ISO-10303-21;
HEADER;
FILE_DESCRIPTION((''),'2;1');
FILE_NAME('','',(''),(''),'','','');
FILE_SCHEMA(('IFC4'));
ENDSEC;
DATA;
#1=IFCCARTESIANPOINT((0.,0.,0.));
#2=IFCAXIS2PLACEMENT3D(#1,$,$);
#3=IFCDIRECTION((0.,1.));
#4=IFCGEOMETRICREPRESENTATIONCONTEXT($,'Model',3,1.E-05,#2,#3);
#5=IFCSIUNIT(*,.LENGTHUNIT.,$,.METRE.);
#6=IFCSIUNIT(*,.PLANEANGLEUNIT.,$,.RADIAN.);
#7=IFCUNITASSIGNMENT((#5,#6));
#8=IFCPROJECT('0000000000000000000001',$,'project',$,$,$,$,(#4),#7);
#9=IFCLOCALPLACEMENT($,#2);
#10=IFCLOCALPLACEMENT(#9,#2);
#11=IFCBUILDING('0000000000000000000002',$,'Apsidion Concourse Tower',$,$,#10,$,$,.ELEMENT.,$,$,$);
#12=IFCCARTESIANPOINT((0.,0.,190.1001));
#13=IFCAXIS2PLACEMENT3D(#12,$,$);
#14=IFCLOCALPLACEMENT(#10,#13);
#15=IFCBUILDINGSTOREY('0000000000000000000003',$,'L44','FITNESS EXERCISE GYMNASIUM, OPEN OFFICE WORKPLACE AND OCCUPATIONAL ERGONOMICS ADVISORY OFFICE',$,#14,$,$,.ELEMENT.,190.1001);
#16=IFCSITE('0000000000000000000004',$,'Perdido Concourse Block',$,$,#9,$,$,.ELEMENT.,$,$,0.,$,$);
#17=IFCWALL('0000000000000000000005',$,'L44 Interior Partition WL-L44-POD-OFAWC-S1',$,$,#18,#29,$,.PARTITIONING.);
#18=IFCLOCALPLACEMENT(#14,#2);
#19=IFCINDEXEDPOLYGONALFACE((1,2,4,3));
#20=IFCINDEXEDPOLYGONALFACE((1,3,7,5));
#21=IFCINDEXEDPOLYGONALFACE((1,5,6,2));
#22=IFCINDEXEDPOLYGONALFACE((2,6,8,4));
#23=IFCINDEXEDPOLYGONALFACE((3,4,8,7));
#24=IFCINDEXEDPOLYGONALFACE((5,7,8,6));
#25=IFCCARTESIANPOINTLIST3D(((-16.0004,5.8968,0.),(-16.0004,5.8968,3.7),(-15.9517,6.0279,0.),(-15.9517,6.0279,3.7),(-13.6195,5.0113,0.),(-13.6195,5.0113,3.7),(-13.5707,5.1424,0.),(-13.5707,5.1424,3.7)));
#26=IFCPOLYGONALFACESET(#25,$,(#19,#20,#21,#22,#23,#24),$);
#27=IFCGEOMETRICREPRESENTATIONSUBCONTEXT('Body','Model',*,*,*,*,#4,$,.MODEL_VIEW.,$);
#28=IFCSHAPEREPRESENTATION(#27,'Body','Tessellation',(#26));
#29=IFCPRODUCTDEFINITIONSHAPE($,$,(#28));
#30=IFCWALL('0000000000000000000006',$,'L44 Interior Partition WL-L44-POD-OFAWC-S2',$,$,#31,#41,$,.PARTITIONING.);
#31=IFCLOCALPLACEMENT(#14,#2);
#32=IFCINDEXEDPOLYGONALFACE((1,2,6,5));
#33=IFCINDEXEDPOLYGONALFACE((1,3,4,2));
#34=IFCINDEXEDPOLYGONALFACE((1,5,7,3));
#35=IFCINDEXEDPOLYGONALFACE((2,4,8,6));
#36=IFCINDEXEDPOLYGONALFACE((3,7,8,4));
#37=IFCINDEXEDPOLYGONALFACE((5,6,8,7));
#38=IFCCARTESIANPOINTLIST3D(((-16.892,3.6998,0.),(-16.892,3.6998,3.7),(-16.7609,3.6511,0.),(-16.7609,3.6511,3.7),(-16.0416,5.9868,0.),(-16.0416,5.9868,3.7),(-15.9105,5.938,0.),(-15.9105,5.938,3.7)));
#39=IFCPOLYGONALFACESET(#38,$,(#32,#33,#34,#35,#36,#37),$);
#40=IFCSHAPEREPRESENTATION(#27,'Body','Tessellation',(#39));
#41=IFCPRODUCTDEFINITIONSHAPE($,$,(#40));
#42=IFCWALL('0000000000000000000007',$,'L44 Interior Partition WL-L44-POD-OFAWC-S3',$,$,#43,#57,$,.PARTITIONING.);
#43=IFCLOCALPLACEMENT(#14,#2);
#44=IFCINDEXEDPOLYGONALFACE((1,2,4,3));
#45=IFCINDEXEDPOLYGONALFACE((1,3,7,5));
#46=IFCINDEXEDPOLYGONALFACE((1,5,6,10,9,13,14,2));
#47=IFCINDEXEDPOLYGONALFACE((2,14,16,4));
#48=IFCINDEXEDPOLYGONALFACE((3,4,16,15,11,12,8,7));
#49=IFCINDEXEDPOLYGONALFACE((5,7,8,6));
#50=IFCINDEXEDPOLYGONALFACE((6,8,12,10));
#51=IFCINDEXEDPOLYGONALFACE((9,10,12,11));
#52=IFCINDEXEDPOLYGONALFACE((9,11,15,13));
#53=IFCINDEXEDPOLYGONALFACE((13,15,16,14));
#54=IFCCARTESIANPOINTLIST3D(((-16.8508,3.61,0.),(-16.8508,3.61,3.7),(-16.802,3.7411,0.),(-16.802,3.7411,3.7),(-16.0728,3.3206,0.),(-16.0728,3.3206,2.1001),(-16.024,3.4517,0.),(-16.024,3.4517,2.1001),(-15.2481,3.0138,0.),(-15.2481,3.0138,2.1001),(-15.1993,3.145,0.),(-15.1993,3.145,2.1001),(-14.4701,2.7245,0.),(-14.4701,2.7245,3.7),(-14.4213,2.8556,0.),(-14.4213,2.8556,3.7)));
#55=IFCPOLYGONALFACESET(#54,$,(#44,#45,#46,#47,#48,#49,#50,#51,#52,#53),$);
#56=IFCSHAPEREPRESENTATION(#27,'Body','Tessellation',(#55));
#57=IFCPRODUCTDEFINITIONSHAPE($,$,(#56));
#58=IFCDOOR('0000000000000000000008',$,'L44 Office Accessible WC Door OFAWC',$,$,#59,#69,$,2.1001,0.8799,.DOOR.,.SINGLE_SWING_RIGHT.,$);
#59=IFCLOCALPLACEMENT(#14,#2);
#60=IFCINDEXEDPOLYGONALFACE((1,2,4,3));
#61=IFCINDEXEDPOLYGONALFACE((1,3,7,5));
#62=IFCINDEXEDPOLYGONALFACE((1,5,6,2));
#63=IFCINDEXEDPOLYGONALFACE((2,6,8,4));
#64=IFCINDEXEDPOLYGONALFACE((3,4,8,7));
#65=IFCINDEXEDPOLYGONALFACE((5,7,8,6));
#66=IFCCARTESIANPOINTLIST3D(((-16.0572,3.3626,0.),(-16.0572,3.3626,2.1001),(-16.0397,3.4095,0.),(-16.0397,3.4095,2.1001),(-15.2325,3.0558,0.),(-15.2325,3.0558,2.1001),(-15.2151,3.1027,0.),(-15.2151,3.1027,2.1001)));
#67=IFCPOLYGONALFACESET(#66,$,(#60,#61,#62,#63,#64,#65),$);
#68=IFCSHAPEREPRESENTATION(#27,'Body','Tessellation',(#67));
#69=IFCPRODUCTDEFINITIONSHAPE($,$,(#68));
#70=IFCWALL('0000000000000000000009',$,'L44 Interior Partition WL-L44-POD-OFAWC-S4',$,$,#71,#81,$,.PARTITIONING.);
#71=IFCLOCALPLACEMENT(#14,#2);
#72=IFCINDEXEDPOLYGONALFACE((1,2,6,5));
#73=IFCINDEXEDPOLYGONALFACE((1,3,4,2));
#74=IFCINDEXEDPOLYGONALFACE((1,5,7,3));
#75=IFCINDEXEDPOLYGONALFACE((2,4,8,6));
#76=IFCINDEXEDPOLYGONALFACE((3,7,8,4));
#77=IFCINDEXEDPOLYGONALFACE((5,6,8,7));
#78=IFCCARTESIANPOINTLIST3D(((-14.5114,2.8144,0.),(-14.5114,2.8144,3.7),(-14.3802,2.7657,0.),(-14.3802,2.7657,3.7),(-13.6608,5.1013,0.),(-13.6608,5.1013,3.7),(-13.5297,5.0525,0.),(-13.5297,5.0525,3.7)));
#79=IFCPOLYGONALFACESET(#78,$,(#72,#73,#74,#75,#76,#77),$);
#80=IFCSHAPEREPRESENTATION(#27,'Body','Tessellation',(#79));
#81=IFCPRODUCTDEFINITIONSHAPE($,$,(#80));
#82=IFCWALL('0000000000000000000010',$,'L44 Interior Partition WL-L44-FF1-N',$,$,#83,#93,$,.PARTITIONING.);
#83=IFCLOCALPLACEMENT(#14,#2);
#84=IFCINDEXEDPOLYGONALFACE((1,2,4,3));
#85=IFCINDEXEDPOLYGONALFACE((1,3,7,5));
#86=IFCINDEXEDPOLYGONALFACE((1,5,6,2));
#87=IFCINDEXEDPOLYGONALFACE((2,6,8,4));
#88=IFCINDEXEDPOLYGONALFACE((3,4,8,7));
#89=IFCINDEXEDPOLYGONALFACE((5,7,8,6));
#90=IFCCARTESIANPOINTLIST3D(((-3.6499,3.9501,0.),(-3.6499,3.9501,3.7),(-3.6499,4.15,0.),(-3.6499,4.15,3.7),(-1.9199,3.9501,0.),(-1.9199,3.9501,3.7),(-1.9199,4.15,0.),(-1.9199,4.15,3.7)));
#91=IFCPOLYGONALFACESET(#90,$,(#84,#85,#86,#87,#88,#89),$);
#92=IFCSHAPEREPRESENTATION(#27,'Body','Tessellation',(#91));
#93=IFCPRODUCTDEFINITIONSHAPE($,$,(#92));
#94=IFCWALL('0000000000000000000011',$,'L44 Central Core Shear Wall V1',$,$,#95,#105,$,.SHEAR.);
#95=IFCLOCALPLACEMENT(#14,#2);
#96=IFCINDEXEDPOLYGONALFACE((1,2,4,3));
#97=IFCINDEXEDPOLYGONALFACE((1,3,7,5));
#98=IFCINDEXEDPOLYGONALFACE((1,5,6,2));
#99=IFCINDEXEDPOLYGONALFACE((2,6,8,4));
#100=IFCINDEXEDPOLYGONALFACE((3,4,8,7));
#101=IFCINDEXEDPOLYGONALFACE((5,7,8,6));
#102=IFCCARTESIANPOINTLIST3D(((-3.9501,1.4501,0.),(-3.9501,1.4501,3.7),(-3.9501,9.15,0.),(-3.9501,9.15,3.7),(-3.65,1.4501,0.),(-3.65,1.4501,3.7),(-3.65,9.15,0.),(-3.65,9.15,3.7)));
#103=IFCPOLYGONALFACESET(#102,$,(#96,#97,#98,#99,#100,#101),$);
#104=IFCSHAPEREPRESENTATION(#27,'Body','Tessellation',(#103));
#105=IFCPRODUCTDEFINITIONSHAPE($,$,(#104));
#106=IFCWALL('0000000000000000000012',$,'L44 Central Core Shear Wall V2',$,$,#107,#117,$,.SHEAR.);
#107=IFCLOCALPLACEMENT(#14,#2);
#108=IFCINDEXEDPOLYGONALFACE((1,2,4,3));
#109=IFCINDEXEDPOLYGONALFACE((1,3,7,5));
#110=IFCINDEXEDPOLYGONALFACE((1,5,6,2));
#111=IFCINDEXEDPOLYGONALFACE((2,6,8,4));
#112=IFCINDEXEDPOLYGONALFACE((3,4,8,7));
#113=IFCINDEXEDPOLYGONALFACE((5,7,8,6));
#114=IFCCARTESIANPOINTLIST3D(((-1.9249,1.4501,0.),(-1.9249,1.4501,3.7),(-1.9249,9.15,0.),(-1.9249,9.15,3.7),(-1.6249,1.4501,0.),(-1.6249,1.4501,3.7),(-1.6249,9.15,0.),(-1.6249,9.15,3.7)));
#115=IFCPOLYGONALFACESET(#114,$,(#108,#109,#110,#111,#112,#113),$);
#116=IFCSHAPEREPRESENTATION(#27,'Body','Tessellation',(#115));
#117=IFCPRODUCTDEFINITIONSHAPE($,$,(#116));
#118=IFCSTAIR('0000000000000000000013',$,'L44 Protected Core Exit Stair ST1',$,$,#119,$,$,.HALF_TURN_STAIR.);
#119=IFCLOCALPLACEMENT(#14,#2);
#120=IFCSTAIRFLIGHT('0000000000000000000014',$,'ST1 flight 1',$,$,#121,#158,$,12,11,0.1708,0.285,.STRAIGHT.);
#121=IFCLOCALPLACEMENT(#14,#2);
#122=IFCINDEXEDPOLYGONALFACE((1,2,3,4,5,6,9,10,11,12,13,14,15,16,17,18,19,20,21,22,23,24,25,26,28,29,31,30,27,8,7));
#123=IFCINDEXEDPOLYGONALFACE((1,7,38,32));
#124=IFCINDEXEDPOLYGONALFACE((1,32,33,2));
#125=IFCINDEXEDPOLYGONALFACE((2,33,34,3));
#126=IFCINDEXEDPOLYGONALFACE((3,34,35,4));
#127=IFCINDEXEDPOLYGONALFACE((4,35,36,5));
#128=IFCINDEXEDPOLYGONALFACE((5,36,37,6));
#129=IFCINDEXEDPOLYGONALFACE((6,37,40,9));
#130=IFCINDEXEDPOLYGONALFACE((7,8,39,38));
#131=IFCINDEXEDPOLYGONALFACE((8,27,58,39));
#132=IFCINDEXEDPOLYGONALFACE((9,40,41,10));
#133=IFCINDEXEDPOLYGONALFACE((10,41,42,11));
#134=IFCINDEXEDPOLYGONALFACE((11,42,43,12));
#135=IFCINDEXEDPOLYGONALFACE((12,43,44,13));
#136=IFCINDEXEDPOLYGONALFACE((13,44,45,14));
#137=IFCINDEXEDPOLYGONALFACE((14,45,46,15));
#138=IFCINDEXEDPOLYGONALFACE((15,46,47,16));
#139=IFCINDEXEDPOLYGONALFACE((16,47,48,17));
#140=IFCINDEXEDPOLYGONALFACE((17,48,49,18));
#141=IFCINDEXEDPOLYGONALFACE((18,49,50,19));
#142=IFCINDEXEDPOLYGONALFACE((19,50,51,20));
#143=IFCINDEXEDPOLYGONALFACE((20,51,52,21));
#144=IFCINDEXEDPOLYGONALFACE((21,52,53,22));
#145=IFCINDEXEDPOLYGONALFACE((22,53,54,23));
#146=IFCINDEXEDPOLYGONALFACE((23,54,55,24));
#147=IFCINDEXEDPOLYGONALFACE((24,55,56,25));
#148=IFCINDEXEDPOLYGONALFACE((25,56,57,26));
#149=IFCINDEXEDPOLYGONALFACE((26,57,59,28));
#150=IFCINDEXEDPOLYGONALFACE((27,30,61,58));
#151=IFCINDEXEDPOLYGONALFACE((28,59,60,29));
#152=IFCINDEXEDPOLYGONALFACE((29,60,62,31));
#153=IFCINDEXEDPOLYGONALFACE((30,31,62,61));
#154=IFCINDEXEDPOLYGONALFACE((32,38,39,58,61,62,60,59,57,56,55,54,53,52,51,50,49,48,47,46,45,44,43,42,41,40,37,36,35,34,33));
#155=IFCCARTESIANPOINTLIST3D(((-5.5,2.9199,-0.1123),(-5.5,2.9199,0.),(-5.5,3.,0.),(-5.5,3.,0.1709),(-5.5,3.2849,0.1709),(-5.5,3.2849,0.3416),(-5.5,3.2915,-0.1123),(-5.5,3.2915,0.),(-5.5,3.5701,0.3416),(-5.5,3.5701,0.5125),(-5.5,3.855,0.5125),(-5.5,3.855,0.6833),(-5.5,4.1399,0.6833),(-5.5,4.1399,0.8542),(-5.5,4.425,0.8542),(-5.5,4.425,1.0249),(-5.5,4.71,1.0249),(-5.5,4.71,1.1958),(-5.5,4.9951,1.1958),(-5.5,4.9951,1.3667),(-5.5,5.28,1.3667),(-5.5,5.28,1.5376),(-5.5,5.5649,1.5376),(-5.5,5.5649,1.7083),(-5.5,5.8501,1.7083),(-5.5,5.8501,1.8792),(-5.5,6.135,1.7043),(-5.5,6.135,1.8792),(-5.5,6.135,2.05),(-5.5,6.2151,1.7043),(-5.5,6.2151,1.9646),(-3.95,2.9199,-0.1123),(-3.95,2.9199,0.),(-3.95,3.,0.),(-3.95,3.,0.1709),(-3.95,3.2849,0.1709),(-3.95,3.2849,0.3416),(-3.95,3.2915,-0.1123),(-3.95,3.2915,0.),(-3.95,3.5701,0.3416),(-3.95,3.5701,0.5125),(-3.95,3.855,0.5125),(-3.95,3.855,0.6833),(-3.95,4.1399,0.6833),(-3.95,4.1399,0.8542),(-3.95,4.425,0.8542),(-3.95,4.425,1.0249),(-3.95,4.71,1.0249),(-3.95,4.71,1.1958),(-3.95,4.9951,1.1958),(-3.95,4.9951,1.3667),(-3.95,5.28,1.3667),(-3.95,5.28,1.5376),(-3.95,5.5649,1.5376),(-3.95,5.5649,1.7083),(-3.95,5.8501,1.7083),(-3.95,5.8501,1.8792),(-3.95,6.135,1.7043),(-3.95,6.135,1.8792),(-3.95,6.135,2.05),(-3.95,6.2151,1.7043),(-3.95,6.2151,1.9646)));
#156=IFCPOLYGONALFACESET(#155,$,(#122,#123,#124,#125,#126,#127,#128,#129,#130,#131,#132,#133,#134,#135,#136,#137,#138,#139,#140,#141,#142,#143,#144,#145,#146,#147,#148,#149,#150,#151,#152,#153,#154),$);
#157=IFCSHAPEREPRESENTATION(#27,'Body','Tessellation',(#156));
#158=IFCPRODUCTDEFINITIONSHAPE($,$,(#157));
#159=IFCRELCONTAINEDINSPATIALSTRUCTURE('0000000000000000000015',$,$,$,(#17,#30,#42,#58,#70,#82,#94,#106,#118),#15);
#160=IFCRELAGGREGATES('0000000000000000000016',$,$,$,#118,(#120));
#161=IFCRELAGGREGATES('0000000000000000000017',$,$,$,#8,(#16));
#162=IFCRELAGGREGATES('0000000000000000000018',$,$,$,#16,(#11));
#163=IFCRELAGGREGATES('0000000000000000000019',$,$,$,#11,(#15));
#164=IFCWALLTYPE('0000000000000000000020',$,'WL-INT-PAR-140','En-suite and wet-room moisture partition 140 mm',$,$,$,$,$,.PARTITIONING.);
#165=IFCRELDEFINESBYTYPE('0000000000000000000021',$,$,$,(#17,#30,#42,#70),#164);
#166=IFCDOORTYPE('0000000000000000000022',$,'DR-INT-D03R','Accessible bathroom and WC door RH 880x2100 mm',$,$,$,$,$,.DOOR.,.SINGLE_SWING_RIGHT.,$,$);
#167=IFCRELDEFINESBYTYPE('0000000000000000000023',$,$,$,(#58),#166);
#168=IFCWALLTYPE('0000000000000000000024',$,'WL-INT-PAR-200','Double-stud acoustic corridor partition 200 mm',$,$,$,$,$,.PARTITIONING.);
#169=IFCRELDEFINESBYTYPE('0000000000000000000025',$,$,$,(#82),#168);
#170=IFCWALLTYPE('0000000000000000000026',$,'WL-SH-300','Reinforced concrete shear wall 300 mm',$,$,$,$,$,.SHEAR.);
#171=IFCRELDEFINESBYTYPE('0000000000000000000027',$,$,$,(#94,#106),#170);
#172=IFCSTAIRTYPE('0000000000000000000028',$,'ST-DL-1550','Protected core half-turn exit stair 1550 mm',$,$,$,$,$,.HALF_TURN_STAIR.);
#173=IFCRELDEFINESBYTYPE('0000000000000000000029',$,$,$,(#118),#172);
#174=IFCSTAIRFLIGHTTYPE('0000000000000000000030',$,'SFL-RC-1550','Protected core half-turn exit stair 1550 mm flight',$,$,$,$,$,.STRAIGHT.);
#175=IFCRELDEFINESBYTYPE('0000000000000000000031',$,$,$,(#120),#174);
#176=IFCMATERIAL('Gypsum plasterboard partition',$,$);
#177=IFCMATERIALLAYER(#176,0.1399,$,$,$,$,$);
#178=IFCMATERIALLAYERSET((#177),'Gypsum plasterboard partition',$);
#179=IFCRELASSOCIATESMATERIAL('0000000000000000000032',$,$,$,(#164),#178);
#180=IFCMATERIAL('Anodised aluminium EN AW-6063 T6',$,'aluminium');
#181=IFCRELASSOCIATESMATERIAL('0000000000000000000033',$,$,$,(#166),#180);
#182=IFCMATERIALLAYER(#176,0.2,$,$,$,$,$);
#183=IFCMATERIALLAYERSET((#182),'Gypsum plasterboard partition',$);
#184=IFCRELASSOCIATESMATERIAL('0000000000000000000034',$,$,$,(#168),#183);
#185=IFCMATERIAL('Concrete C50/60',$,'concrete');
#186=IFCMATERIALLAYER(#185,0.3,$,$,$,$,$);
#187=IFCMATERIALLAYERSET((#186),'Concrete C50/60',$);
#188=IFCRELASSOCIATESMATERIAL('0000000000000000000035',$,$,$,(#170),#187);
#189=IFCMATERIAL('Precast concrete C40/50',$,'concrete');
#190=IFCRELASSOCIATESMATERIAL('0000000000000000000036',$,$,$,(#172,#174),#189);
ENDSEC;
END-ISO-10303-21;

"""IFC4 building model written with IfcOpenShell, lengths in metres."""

from ifc_helpers import new_model, si_unit, direction, frame, frame_2d, origin, place, context, subcontext, project, spatial, polyline, rectangle, outline, extrude, material, layer, layer_set, type_object, element, fill, aggregate, save


model = new_model("IFC4")

# Units and contexts
model_context = context("Model", 3, precision=1e-05, world=origin(), true_north=direction((0.0, 1.0)))
body_context = subcontext(model_context, "Body", "Model", "MODEL_VIEW")
ifc_project = project(units=[si_unit("LENGTHUNIT", "METRE"), si_unit("PLANEANGLEUNIT", "RADIAN")], contexts=[model_context])

# Site, building, storey
site_placement = place(None, origin())
site = spatial("IfcSite", under=ifc_project, at=site_placement, Name="Perdido Concourse Block", CompositionType="ELEMENT", RefElevation=0.0)
building_placement = place(site_placement, origin())
building = spatial("IfcBuilding", under=site, at=building_placement, Name="Apsidion Concourse Tower", CompositionType="ELEMENT")
storey_placement = place(building_placement, frame((0.0, 0.0, 190.1001)))
storey = spatial("IfcBuildingStorey", under=building, at=storey_placement, Name="L44", Description="FITNESS EXERCISE GYMNASIUM, OPEN OFFICE WORKPLACE AND OCCUPATIONAL ERGONOMICS ADVISORY OFFICE", CompositionType="ELEMENT", Elevation=190.1001)

# Shared definitions
ifc_material_1 = material(Name="Concrete C50/60", Category="concrete")

# Walls
ifc_material_2 = material(Name="Gypsum plasterboard partition")
ifc_layer_1 = layer(ifc_material_2, 0.1399)
ifc_layer_set_1 = layer_set([ifc_layer_1], Name="Gypsum plasterboard partition")
wall_type_1 = type_object("IfcWallType", Name="WL-INT-PAR-140", Description="En-suite and wet-room moisture partition 140 mm", PredefinedType="PARTITIONING", material=ifc_layer_set_1)
wall_1_placement = place(storey_placement, frame((-13.5952, 5.0769, 0.0), z_axis=(0.0, 0.0, 1.0), x_axis=(-0.937274, 0.348594, 0.0)))
element("IfcWall", 1, at=wall_1_placement, inside=storey, type_object=wall_type_1, Name="L44 Interior Partition WL-L44-POD-OFAWC-S1", PredefinedType="PARTITIONING", context=body_context, shape_type="SweptSolid", body=[
    extrude(rectangle(XDim=2.5403, YDim=0.1399, at=frame_2d((1.27, 0.0))), origin(), (0.0, 0.0, 1.0), 3.7),
])
wall_2_placement = place(storey_placement, frame((-15.9761, 5.9624, 0.0), z_axis=(0.0, 0.0, 1.0), x_axis=(-0.348523, -0.9373, 0.0)))
element("IfcWall", 2, at=wall_2_placement, inside=storey, type_object=wall_type_1, Name="L44 Interior Partition WL-L44-POD-OFAWC-S2", PredefinedType="PARTITIONING", context=body_context, shape_type="SweptSolid", body=[
    extrude(rectangle(XDim=2.4399, YDim=0.1399, at=frame_2d((1.22, 0.0))), origin(), (0.0, 0.0, 1.0), 3.7),
])

# Wall, opening, door
wall_3_placement = place(storey_placement, frame((-16.8264, 3.6755, 0.0), z_axis=(0.0, 0.0, 1.0), x_axis=(0.937262, -0.348626, 0.0)))
wall_3 = element("IfcWall", 3, at=wall_3_placement, inside=storey, type_object=wall_type_1, Name="L44 Interior Partition WL-L44-POD-OFAWC-S3", PredefinedType="PARTITIONING", context=body_context, shape_type="SweptSolid", body=[
    extrude(rectangle(XDim=2.54, YDim=0.1399, at=frame_2d((1.27, 0.0))), origin(), (0.0, 0.0, 1.0), 3.7),
])
opening_1_placement = place(wall_3_placement, frame((0.8301, 0.0, 0.0)))
opening_1 = element("IfcOpeningElement", 4, at=opening_1_placement, cuts=wall_3, PredefinedType="OPENING", context=body_context, shape_type="SweptSolid", body=[
    extrude(rectangle(XDim=0.8799, YDim=2.1001, at=frame_2d((0.4399, 1.05))), frame((0.0, 0.0801, 0.0), z_axis=(0.0, -1.0, 0.0), x_axis=(1.0, 0.0, 0.0)), (0.0, 0.0, 1.0), 0.1599),
])
ifc_material_3 = material(Name="Anodised aluminium EN AW-6063 T6", Category="aluminium")
door_type_1 = type_object("IfcDoorType", Name="DR-INT-D03R", Description="Accessible bathroom and WC door RH 880x2100 mm", OperationType="SINGLE_SWING_RIGHT", PredefinedType="DOOR", material=ifc_material_3)
door_1_placement = place(opening_1_placement, origin())
door_1 = element("IfcDoor", 5, at=door_1_placement, inside=storey, type_object=door_type_1, Name="L44 Office Accessible WC Door OFAWC", OperationType="SINGLE_SWING_RIGHT", OverallHeight=2.1001, OverallWidth=0.8799, PredefinedType="DOOR", context=body_context, shape_type="SweptSolid", body=[
    extrude(rectangle(XDim=0.8799, YDim=2.1001, at=frame_2d((0.4399, 1.05))), frame((0.0, 0.0249, 0.0), z_axis=(0.0, -1.0, 0.0), x_axis=(1.0, 0.0, 0.0)), (0.0, 0.0, 1.0), 0.05),
])
fill(opening_1, door_1)

# Walls
wall_4_placement = place(storey_placement, frame((-14.4458, 2.79, 0.0), z_axis=(0.0, 0.0, 1.0), x_axis=(0.348611, 0.937267, 0.0)))
element("IfcWall", 6, at=wall_4_placement, inside=storey, type_object=wall_type_1, Name="L44 Interior Partition WL-L44-POD-OFAWC-S4", PredefinedType="PARTITIONING", context=body_context, shape_type="SweptSolid", body=[
    extrude(rectangle(XDim=2.4399, YDim=0.1399, at=frame_2d((1.22, 0.0))), origin(), (0.0, 0.0, 1.0), 3.7),
])
ifc_layer_2 = layer(ifc_material_2, 0.2)
ifc_layer_set_2 = layer_set([ifc_layer_2], Name="Gypsum plasterboard partition")
wall_type_2 = type_object("IfcWallType", Name="WL-INT-PAR-200", Description="Double-stud acoustic corridor partition 200 mm", PredefinedType="PARTITIONING", material=ifc_layer_set_2)
wall_5_placement = place(storey_placement, frame((-3.6499, 4.05, 0.0), z_axis=(0.0, 0.0, 1.0), x_axis=(1.0, 0.0, 0.0)))
element("IfcWall", 7, at=wall_5_placement, inside=storey, type_object=wall_type_2, Name="L44 Interior Partition WL-L44-FF1-N", PredefinedType="PARTITIONING", context=body_context, shape_type="SweptSolid", body=[
    extrude(rectangle(XDim=1.73, YDim=0.2, at=frame_2d((0.865, 0.0))), origin(), (0.0, 0.0, 1.0), 3.7),
])
ifc_layer_3 = layer(ifc_material_1, 0.3)
ifc_layer_set_3 = layer_set([ifc_layer_3], Name="Concrete C50/60")
wall_type_3 = type_object("IfcWallType", Name="WL-SH-300", Description="Reinforced concrete shear wall 300 mm", PredefinedType="SHEAR", material=ifc_layer_set_3)
for number, where, z_axis, x_axis, name in (
    (8, (-3.8, 1.45, 0.0), (0.0, 0.0, 1.0), (0.0, 1.0, 0.0), "L44 Central Core Shear Wall V1"),
    (9, (-1.7749, 1.45, 0.0), (0.0, 0.0, 1.0), (0.0, 1.0, 0.0), "L44 Central Core Shear Wall V2"),
):
    element("IfcWall", number, at=place(storey_placement, frame(where, z_axis=z_axis, x_axis=x_axis)), inside=storey, type_object=wall_type_3, Name=name, PredefinedType="SHEAR", context=body_context, shape_type="SweptSolid", body=[
        extrude(rectangle(XDim=7.7, YDim=0.3, at=frame_2d((3.8501, 0.0))), origin(), (0.0, 0.0, 1.0), 3.7),
    ])

# Stair, stair flight
ifc_material_4 = material(Name="Precast concrete C40/50", Category="concrete")
stair_type = type_object("IfcStairType", Name="ST-DL-1550", Description="Protected core half-turn exit stair 1550 mm", PredefinedType="HALF_TURN_STAIR", material=ifc_material_4)
stair_placement = place(storey_placement, origin())
stair = element("IfcStair", 10, at=stair_placement, inside=storey, type_object=stair_type, Name="L44 Protected Core Exit Stair ST1", PredefinedType="HALF_TURN_STAIR")
stair_flight_type = type_object("IfcStairFlightType", Name="SFL-RC-1550", Description="Protected core half-turn exit stair 1550 mm flight", PredefinedType="STRAIGHT", material=ifc_material_4)
stair_flight_1_placement = place(storey_placement, frame((-4.7251, 3.0, 0.0), z_axis=(0.0, 0.0, 1.0), x_axis=(0.0, 1.0, 0.0)))
stair_flight_1 = element("IfcStairFlight", 11, at=stair_flight_1_placement, type_object=stair_flight_type, Name="ST1 flight 1", NumberOfRisers=12, NumberOfTreads=11, PredefinedType="STRAIGHT", RiserHeight=0.1708, TreadLength=0.285, context=body_context, shape_type="SweptSolid", body=[
    extrude(outline(polyline([(-0.0801, -0.1123), (-0.0801, 0.0), (0.0, 0.0), (0.0, 0.1709), (0.2849, 0.1709), (0.2849, 0.3416), (0.5701, 0.3416), (0.5701, 0.5125), (0.855, 0.5125), (0.855, 0.6833), (1.1399, 0.6833), (1.1399, 0.8542), (1.425, 0.8542), (1.425, 1.0249), (1.71, 1.0249), (1.71, 1.1958), (1.9951, 1.1958), (1.9951, 1.3667), (2.28, 1.3667), (2.28, 1.5376), (2.5649, 1.5376), (2.5649, 1.7083), (2.8501, 1.7083), (2.8501, 1.8792), (3.135, 1.8792), (3.135, 2.05), (3.2151, 1.9646), (3.2151, 1.7043), (3.135, 1.7043), (0.2915, 0.0), (0.2915, -0.1123), (-0.0801, -0.1123)])), frame((0.0, 0.7749, 0.0), z_axis=(0.0, -1.0, 0.0), x_axis=(1.0, 0.0, 0.0)), (0.0, 0.0, 1.0), 1.55),
])
aggregate(stair, [stair_flight_1])

save(model, "model.ifc")
